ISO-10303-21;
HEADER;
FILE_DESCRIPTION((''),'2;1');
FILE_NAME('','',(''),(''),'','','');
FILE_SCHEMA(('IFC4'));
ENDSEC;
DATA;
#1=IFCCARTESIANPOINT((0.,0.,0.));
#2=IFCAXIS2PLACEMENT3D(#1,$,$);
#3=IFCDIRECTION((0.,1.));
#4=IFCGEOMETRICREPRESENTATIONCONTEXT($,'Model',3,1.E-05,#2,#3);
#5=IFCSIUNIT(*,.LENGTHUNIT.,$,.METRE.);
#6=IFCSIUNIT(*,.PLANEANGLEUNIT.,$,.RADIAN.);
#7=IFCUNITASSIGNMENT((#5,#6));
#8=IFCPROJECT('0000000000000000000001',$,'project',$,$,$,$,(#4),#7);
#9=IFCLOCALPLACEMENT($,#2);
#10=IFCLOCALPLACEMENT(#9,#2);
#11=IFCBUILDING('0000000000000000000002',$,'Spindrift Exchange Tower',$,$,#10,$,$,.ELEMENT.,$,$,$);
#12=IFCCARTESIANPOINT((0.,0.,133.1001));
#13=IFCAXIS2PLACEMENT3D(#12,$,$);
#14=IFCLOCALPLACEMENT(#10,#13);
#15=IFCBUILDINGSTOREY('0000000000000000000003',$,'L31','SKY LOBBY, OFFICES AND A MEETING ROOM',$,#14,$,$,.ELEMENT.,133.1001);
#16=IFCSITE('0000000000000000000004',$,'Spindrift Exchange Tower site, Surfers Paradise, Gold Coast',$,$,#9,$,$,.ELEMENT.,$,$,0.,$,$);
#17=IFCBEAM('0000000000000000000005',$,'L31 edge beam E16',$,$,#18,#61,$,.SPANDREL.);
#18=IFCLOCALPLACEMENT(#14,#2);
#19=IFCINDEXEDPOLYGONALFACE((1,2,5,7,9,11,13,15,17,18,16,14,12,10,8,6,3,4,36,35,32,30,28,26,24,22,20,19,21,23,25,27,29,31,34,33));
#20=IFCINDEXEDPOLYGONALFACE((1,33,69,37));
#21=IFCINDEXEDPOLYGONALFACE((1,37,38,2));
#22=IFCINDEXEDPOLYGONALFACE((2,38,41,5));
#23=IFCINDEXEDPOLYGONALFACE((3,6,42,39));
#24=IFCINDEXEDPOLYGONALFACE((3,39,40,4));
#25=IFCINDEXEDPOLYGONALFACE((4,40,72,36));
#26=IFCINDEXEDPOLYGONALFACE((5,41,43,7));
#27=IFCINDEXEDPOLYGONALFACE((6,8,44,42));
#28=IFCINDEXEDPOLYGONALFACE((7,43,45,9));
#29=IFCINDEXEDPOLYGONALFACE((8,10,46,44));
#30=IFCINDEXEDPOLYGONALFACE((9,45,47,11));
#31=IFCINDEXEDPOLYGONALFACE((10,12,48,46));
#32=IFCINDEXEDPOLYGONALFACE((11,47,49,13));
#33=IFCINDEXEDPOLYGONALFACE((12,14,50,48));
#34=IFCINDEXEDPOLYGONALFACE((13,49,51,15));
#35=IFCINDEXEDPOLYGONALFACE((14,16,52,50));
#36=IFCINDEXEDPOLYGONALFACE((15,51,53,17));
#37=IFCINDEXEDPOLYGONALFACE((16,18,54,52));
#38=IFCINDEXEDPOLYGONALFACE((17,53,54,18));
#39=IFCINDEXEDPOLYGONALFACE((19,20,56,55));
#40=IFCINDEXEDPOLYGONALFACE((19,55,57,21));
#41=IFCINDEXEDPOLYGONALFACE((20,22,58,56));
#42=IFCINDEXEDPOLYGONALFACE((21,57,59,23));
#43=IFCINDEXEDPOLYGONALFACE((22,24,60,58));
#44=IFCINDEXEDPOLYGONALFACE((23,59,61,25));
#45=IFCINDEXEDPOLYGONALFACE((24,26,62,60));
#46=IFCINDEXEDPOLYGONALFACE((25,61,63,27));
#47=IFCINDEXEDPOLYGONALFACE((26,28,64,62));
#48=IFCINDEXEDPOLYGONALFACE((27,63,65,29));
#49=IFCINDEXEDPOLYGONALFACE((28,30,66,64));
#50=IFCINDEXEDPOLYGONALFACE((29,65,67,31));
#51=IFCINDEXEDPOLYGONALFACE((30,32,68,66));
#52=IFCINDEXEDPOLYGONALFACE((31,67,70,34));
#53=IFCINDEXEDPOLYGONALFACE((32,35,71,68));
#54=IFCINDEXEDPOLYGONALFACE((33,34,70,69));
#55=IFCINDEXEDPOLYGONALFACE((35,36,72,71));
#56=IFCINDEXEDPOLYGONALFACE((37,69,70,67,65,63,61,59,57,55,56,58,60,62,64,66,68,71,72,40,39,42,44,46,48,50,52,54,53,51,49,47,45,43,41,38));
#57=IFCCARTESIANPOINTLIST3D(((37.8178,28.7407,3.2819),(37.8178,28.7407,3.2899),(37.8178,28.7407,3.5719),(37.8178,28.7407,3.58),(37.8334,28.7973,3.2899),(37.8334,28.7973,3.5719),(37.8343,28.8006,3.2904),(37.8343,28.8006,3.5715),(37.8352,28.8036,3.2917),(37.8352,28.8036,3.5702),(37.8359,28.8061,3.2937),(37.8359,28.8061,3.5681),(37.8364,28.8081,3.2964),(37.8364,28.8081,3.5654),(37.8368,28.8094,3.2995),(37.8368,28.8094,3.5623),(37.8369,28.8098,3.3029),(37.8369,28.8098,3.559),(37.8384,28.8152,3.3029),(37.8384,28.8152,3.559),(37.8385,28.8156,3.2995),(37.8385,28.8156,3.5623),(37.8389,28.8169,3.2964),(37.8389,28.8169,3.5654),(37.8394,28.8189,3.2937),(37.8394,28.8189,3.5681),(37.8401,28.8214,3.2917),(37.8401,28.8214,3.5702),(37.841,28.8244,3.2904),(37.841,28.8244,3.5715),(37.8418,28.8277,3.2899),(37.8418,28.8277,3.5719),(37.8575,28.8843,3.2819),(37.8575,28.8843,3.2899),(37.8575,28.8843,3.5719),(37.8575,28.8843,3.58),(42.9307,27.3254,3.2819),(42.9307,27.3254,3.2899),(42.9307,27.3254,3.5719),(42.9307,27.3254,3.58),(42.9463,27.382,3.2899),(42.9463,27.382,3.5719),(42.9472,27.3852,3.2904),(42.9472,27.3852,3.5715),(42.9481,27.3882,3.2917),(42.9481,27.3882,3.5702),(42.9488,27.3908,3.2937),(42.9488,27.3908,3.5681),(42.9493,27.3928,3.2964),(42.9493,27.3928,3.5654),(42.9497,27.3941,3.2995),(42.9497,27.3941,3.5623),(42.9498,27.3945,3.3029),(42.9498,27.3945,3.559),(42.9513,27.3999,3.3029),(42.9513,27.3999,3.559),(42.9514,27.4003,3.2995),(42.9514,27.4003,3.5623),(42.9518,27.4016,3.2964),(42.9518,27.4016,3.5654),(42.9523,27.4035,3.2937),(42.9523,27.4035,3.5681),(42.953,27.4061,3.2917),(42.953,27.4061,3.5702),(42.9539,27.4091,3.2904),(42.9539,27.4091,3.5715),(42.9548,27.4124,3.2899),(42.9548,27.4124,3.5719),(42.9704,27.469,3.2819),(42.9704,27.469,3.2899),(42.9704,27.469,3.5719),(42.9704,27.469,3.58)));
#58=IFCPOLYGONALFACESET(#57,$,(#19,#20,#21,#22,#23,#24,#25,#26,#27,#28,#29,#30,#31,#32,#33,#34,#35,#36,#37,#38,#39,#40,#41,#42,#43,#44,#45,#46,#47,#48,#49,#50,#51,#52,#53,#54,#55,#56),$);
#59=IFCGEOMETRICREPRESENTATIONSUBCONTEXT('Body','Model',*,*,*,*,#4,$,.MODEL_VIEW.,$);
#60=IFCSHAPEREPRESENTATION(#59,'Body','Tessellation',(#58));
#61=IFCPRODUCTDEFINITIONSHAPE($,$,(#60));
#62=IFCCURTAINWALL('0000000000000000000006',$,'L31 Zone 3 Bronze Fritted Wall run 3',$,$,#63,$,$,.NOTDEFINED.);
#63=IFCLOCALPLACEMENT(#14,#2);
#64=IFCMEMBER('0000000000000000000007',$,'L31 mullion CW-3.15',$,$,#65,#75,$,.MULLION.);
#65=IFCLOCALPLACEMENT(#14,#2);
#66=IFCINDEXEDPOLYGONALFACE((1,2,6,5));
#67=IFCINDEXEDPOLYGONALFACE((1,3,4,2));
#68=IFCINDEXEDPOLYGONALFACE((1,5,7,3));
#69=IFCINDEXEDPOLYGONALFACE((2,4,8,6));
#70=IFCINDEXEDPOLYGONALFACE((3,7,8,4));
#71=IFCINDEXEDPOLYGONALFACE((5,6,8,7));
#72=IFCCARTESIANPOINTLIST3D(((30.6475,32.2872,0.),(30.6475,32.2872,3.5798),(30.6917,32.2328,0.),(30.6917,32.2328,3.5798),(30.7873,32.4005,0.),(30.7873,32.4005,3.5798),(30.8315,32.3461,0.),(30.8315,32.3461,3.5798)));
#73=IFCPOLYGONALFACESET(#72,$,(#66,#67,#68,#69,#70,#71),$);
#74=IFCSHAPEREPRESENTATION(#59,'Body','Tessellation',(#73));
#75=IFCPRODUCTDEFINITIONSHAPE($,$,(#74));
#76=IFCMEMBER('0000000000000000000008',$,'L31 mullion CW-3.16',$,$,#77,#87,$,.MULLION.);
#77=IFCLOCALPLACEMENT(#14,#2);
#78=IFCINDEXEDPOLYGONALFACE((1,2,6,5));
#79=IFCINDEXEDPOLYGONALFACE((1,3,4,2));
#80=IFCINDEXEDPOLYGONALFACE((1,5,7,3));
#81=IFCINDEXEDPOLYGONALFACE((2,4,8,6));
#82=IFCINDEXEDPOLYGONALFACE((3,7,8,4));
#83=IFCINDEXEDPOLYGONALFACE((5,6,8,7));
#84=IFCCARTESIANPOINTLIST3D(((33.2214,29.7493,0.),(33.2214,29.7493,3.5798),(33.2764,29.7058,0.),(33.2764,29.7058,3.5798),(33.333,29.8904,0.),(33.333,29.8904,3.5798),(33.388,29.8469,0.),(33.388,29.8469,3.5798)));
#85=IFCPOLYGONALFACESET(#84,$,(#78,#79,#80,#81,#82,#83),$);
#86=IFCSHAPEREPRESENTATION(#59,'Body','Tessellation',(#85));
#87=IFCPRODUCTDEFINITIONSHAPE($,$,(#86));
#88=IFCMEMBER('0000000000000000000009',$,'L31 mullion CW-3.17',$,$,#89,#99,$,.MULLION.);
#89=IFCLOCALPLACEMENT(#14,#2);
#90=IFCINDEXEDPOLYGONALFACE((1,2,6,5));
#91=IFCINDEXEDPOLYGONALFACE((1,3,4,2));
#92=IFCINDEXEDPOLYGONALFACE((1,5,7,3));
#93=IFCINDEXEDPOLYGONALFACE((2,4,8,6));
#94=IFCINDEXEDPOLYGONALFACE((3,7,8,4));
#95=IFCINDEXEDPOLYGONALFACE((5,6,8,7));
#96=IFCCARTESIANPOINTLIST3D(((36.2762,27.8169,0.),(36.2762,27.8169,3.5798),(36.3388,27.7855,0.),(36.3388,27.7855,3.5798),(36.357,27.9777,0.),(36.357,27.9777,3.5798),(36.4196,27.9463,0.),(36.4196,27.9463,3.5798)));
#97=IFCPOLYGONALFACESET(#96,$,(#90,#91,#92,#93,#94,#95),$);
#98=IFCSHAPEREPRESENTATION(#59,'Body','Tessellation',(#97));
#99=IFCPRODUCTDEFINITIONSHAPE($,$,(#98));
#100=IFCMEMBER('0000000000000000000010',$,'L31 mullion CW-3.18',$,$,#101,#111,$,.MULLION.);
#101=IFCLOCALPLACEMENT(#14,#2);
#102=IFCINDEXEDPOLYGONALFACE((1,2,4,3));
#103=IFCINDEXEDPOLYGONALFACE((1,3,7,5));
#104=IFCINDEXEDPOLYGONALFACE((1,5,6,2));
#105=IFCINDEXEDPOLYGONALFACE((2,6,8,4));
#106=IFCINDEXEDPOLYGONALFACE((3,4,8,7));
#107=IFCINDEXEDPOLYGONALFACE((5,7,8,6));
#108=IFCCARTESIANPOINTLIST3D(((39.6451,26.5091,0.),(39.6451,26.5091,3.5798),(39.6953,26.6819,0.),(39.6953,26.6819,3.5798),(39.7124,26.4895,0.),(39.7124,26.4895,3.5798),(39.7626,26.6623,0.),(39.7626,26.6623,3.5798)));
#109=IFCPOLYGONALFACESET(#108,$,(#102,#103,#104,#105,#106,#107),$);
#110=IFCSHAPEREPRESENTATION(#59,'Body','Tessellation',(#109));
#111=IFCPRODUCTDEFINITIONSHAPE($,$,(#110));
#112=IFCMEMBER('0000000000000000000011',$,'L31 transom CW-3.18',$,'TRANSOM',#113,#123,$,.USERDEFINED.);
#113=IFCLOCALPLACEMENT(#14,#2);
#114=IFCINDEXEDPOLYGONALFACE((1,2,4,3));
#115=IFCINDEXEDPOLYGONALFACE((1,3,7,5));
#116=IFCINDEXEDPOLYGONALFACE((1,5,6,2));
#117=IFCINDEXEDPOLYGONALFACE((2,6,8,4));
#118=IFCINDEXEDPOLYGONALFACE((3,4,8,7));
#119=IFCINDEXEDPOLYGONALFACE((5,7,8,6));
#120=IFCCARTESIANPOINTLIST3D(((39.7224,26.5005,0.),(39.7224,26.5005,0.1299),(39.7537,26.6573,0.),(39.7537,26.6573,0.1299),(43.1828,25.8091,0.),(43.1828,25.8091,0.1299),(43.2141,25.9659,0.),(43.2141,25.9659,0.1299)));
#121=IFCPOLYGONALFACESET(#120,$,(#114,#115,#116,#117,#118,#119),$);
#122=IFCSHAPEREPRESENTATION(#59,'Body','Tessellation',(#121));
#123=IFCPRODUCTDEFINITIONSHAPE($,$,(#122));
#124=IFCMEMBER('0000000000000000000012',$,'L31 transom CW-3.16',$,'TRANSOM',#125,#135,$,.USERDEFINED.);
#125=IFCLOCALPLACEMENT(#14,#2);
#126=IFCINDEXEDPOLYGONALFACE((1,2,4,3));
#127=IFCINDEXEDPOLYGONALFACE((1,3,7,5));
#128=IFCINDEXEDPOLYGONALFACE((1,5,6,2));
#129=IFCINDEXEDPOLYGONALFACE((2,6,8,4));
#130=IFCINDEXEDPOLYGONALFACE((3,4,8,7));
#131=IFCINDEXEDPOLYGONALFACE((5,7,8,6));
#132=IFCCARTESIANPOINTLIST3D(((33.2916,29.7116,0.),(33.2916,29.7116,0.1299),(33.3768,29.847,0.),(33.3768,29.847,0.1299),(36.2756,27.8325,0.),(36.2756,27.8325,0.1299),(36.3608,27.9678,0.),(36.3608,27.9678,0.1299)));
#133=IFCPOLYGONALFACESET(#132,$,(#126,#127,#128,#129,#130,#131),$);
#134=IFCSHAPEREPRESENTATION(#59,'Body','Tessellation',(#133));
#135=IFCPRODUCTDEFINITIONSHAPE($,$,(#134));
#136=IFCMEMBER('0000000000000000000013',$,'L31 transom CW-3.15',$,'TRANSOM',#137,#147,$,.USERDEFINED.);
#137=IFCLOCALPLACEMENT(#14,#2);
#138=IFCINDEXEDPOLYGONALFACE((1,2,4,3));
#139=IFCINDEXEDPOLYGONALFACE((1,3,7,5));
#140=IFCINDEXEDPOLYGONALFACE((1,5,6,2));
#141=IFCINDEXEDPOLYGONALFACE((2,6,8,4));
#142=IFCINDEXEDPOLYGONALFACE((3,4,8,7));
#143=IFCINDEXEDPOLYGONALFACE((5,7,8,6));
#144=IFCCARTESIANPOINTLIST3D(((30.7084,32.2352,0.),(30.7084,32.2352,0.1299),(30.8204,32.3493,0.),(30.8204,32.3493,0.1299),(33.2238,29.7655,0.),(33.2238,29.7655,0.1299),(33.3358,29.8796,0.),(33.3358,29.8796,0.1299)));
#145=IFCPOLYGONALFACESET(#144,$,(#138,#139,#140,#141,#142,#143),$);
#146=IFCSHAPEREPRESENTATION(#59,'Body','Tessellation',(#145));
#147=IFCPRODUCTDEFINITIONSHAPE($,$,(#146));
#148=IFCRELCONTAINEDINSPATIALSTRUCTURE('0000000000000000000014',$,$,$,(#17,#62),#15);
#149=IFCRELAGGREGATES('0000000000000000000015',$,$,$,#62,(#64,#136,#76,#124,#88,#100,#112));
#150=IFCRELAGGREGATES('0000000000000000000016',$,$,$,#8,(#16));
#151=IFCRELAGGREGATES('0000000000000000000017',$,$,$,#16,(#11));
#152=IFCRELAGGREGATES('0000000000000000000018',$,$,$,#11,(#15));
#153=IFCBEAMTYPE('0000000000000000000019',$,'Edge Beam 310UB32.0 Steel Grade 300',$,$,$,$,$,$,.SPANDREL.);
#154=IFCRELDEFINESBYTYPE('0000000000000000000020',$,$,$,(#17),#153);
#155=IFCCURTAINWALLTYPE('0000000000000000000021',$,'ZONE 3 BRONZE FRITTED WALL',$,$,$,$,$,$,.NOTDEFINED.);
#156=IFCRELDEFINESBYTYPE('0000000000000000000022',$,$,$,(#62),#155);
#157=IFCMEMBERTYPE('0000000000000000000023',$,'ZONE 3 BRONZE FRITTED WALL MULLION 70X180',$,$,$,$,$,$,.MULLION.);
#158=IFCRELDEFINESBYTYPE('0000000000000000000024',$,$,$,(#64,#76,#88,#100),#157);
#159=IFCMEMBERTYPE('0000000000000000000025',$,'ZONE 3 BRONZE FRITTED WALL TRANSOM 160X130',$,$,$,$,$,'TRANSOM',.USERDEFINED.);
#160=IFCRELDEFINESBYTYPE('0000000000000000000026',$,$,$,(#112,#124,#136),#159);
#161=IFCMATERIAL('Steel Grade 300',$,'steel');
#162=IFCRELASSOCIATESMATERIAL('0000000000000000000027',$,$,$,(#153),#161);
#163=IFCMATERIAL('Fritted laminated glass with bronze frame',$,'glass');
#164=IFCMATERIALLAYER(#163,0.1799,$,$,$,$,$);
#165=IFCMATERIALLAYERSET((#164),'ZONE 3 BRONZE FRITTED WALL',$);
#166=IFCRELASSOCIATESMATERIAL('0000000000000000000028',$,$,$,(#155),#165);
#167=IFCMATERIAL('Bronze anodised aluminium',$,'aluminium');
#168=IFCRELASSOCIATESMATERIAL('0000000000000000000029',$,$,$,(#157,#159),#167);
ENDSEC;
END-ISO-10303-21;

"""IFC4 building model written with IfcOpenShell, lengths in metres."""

from ifc_helpers import new_model, si_unit, direction, frame, origin, origin_2d, place, context, subcontext, project, spatial, rectangle, i_section, extrude, source, transform, mapped, material, layer, layer_set, material_profile, profile_set, type_object, element, aggregate, save


model = new_model("IFC4")

# Units and contexts
model_context = context("Model", 3, precision=1e-05, world=origin(), true_north=direction((0.0, 1.0)))
body_context = subcontext(model_context, "Body", "Model", "MODEL_VIEW")
ifc_project = project(units=[si_unit("LENGTHUNIT", "METRE"), si_unit("PLANEANGLEUNIT", "RADIAN")], contexts=[model_context])

# Site, building, storey
site_placement = place(None, origin())
site = spatial("IfcSite", under=ifc_project, at=site_placement, Name="Spindrift Exchange Tower site, Surfers Paradise, Gold Coast", CompositionType="ELEMENT", RefElevation=0.0)
building_placement = place(site_placement, origin())
building = spatial("IfcBuilding", under=site, at=building_placement, Name="Spindrift Exchange Tower", CompositionType="ELEMENT")
storey_placement = place(building_placement, frame((0.0, 0.0, 133.1001)))
storey = spatial("IfcBuildingStorey", under=building, at=storey_placement, Name="L31", Description="SKY LOBBY, OFFICES AND A MEETING ROOM", CompositionType="ELEMENT", Elevation=133.1001)

# Beam
ifc_material_1 = material(Name="Steel Grade 300", Category="steel")
ifc_material_profile_1 = material_profile(ifc_material_1, i_section(OverallWidth=0.1489, OverallDepth=0.2981, WebThickness=0.0056, FlangeThickness=0.0081, FilletRadius=0.0129, at=origin_2d()), Name="310UB32.0")
ifc_profile_set_1 = profile_set([ifc_material_profile_1], Name="Steel Grade 300")
beam_type_1 = type_object("IfcBeamType", Name="Edge Beam 310UB32.0 Steel Grade 300", PredefinedType="SPANDREL", material=ifc_profile_set_1)
shared_shape_1 = source(origin(), body_context, "Body", "SweptSolid", [
    extrude(i_section(OverallWidth=0.1489, OverallDepth=0.2981, WebThickness=0.0056, FlangeThickness=0.0081, FilletRadius=0.0129, at=origin_2d()), origin(), (0.0, 0.0, 1.0), 5.3052),
])
beam_1_placement = place(storey_placement, frame((37.8376, 28.8125, 3.4309), z_axis=(0.963758, -0.26678, 0.0), x_axis=(0.26678, 0.963758, 0.0)))
element("IfcBeam", 1, at=beam_1_placement, inside=storey, type_object=beam_type_1, Name="L31 edge beam E16", PredefinedType="SPANDREL", context=body_context, shape_type="MappedRepresentation", body=[
    mapped(shared_shape_1, transform((0.0, 0.0, 0.0), scale=1.0)),
])

# Curtain wall, members
ifc_material_2 = material(Name="Fritted laminated glass with bronze frame", Category="glass")
ifc_layer_1 = layer(ifc_material_2, 0.1799)
ifc_layer_set_1 = layer_set([ifc_layer_1], Name="ZONE 3 BRONZE FRITTED WALL")
curtain_wall_type = type_object("IfcCurtainWallType", Name="ZONE 3 BRONZE FRITTED WALL", PredefinedType="NOTDEFINED", material=ifc_layer_set_1)
curtain_wall_placement = place(storey_placement, origin())
curtain_wall = element("IfcCurtainWall", 2, at=curtain_wall_placement, inside=storey, type_object=curtain_wall_type, Name="L31 Zone 3 Bronze Fritted Wall run 3", PredefinedType="NOTDEFINED")
ifc_material_3 = material(Name="Bronze anodised aluminium", Category="aluminium")
ifc_material_profile_2 = material_profile(ifc_material_3, rectangle(XDim=0.0701, YDim=0.1799, at=origin_2d()), Name="ZONE 3 BRONZE FRITTED WALL MULLION 70X180")
ifc_profile_set_2 = profile_set([ifc_material_profile_2], Name="Bronze anodised aluminium")
member_type_1 = type_object("IfcMemberType", Name="ZONE 3 BRONZE FRITTED WALL MULLION 70X180", PredefinedType="MULLION", material=ifc_profile_set_2)
shared_shape_2 = source(origin(), body_context, "Body", "SweptSolid", [
    extrude(rectangle(XDim=0.0701, YDim=0.1799, at=origin_2d()), origin(), (0.0, 0.0, 1.0), 3.5798),
])
member_1_placement = place(storey_placement, frame((30.7395, 32.3167, 0.0), z_axis=(0.0, 0.0, 1.0), x_axis=(0.629592, -0.776926, 0.0)))
member_1 = element("IfcMember", 3, at=member_1_placement, type_object=member_type_1, Name="L31 mullion CW-3.15", PredefinedType="MULLION", context=body_context, shape_type="MappedRepresentation", body=[
    mapped(shared_shape_2, transform((0.0, 0.0, 0.0), scale=1.0)),
])
member_2_placement = place(storey_placement, frame((33.3047, 29.7981, 0.0), z_axis=(0.0, 0.0, 1.0), x_axis=(0.78436, -0.620306, 0.0)))
member_2 = element("IfcMember", 4, at=member_2_placement, type_object=member_type_1, Name="L31 mullion CW-3.16", PredefinedType="MULLION", context=body_context, shape_type="MappedRepresentation", body=[
    mapped(shared_shape_2, transform((0.0, 0.0, 0.0), scale=1.0)),
])
member_3_placement = place(storey_placement, frame((36.3479, 27.8816, 0.0), z_axis=(0.0, 0.0, 1.0), x_axis=(0.893701, -0.448663, 0.0)))
member_3 = element("IfcMember", 5, at=member_3_placement, type_object=member_type_1, Name="L31 mullion CW-3.17", PredefinedType="MULLION", context=body_context, shape_type="MappedRepresentation", body=[
    mapped(shared_shape_2, transform((0.0, 0.0, 0.0), scale=1.0)),
])
member_4_placement = place(storey_placement, frame((39.7039, 26.5857, 0.0), z_axis=(0.0, 0.0, 1.0), x_axis=(0.960266, -0.279085, 0.0)))
member_4 = element("IfcMember", 6, at=member_4_placement, type_object=member_type_1, Name="L31 mullion CW-3.18", PredefinedType="MULLION", context=body_context, shape_type="MappedRepresentation", body=[
    mapped(shared_shape_2, transform((0.0, 0.0, 0.0), scale=1.0)),
])
ifc_material_profile_3 = material_profile(ifc_material_3, rectangle(XDim=0.1599, YDim=0.1299, at=origin_2d()), Name="ZONE 3 BRONZE FRITTED WALL TRANSOM 160X130")
ifc_profile_set_3 = profile_set([ifc_material_profile_3], Name="Bronze anodised aluminium")
member_type_2 = type_object("IfcMemberType", Name="ZONE 3 BRONZE FRITTED WALL TRANSOM 160X130", ElementType="TRANSOM", PredefinedType="USERDEFINED", material=ifc_profile_set_3)
shared_shape_3 = source(origin(), body_context, "Body", "SweptSolid", [
    extrude(rectangle(XDim=0.1599, YDim=0.1299, at=origin_2d()), origin(), (0.0, 0.0, 1.0), 3.5288),
])
member_5_placement = place(storey_placement, frame((39.738, 26.5789, 0.0649), z_axis=(0.980618, -0.19593, 0.0), x_axis=(0.19593, 0.980618, 0.0)))
member_5 = element("IfcMember", 7, at=member_5_placement, type_object=member_type_2, Name="L31 transom CW-3.18", ObjectType="TRANSOM", PredefinedType="USERDEFINED", context=body_context, shape_type="MappedRepresentation", body=[
    mapped(shared_shape_3, transform((0.0, 0.0, 0.0), scale=1.0)),
])
shared_shape_4 = source(origin(), body_context, "Body", "SweptSolid", [
    extrude(rectangle(XDim=0.1599, YDim=0.1299, at=origin_2d()), origin(), (0.0, 0.0, 1.0), 3.5264),
])
member_6_placement = place(storey_placement, frame((33.3342, 29.7793, 0.0649), z_axis=(0.846181, -0.532896, 0.0), x_axis=(0.532896, 0.846181, 0.0)))
member_6 = element("IfcMember", 8, at=member_6_placement, type_object=member_type_2, Name="L31 transom CW-3.16", ObjectType="TRANSOM", PredefinedType="USERDEFINED", context=body_context, shape_type="MappedRepresentation", body=[
    mapped(shared_shape_4, transform((0.0, 0.0, 0.0), scale=1.0)),
])
shared_shape_5 = source(origin(), body_context, "Body", "SweptSolid", [
    extrude(rectangle(XDim=0.1599, YDim=0.1299, at=origin_2d()), origin(), (0.0, 0.0, 1.0), 3.5251),
])
member_7_placement = place(storey_placement, frame((30.7644, 32.2922, 0.0649), z_axis=(0.713553, -0.700602, 0.0), x_axis=(0.700602, 0.713553, 0.0)))
member_7 = element("IfcMember", 9, at=member_7_placement, type_object=member_type_2, Name="L31 transom CW-3.15", ObjectType="TRANSOM", PredefinedType="USERDEFINED", context=body_context, shape_type="MappedRepresentation", body=[
    mapped(shared_shape_5, transform((0.0, 0.0, 0.0), scale=1.0)),
])

aggregate(curtain_wall, [member_1, member_7, member_2, member_6, member_3, member_4, member_5])

save(model, "model.ifc")
